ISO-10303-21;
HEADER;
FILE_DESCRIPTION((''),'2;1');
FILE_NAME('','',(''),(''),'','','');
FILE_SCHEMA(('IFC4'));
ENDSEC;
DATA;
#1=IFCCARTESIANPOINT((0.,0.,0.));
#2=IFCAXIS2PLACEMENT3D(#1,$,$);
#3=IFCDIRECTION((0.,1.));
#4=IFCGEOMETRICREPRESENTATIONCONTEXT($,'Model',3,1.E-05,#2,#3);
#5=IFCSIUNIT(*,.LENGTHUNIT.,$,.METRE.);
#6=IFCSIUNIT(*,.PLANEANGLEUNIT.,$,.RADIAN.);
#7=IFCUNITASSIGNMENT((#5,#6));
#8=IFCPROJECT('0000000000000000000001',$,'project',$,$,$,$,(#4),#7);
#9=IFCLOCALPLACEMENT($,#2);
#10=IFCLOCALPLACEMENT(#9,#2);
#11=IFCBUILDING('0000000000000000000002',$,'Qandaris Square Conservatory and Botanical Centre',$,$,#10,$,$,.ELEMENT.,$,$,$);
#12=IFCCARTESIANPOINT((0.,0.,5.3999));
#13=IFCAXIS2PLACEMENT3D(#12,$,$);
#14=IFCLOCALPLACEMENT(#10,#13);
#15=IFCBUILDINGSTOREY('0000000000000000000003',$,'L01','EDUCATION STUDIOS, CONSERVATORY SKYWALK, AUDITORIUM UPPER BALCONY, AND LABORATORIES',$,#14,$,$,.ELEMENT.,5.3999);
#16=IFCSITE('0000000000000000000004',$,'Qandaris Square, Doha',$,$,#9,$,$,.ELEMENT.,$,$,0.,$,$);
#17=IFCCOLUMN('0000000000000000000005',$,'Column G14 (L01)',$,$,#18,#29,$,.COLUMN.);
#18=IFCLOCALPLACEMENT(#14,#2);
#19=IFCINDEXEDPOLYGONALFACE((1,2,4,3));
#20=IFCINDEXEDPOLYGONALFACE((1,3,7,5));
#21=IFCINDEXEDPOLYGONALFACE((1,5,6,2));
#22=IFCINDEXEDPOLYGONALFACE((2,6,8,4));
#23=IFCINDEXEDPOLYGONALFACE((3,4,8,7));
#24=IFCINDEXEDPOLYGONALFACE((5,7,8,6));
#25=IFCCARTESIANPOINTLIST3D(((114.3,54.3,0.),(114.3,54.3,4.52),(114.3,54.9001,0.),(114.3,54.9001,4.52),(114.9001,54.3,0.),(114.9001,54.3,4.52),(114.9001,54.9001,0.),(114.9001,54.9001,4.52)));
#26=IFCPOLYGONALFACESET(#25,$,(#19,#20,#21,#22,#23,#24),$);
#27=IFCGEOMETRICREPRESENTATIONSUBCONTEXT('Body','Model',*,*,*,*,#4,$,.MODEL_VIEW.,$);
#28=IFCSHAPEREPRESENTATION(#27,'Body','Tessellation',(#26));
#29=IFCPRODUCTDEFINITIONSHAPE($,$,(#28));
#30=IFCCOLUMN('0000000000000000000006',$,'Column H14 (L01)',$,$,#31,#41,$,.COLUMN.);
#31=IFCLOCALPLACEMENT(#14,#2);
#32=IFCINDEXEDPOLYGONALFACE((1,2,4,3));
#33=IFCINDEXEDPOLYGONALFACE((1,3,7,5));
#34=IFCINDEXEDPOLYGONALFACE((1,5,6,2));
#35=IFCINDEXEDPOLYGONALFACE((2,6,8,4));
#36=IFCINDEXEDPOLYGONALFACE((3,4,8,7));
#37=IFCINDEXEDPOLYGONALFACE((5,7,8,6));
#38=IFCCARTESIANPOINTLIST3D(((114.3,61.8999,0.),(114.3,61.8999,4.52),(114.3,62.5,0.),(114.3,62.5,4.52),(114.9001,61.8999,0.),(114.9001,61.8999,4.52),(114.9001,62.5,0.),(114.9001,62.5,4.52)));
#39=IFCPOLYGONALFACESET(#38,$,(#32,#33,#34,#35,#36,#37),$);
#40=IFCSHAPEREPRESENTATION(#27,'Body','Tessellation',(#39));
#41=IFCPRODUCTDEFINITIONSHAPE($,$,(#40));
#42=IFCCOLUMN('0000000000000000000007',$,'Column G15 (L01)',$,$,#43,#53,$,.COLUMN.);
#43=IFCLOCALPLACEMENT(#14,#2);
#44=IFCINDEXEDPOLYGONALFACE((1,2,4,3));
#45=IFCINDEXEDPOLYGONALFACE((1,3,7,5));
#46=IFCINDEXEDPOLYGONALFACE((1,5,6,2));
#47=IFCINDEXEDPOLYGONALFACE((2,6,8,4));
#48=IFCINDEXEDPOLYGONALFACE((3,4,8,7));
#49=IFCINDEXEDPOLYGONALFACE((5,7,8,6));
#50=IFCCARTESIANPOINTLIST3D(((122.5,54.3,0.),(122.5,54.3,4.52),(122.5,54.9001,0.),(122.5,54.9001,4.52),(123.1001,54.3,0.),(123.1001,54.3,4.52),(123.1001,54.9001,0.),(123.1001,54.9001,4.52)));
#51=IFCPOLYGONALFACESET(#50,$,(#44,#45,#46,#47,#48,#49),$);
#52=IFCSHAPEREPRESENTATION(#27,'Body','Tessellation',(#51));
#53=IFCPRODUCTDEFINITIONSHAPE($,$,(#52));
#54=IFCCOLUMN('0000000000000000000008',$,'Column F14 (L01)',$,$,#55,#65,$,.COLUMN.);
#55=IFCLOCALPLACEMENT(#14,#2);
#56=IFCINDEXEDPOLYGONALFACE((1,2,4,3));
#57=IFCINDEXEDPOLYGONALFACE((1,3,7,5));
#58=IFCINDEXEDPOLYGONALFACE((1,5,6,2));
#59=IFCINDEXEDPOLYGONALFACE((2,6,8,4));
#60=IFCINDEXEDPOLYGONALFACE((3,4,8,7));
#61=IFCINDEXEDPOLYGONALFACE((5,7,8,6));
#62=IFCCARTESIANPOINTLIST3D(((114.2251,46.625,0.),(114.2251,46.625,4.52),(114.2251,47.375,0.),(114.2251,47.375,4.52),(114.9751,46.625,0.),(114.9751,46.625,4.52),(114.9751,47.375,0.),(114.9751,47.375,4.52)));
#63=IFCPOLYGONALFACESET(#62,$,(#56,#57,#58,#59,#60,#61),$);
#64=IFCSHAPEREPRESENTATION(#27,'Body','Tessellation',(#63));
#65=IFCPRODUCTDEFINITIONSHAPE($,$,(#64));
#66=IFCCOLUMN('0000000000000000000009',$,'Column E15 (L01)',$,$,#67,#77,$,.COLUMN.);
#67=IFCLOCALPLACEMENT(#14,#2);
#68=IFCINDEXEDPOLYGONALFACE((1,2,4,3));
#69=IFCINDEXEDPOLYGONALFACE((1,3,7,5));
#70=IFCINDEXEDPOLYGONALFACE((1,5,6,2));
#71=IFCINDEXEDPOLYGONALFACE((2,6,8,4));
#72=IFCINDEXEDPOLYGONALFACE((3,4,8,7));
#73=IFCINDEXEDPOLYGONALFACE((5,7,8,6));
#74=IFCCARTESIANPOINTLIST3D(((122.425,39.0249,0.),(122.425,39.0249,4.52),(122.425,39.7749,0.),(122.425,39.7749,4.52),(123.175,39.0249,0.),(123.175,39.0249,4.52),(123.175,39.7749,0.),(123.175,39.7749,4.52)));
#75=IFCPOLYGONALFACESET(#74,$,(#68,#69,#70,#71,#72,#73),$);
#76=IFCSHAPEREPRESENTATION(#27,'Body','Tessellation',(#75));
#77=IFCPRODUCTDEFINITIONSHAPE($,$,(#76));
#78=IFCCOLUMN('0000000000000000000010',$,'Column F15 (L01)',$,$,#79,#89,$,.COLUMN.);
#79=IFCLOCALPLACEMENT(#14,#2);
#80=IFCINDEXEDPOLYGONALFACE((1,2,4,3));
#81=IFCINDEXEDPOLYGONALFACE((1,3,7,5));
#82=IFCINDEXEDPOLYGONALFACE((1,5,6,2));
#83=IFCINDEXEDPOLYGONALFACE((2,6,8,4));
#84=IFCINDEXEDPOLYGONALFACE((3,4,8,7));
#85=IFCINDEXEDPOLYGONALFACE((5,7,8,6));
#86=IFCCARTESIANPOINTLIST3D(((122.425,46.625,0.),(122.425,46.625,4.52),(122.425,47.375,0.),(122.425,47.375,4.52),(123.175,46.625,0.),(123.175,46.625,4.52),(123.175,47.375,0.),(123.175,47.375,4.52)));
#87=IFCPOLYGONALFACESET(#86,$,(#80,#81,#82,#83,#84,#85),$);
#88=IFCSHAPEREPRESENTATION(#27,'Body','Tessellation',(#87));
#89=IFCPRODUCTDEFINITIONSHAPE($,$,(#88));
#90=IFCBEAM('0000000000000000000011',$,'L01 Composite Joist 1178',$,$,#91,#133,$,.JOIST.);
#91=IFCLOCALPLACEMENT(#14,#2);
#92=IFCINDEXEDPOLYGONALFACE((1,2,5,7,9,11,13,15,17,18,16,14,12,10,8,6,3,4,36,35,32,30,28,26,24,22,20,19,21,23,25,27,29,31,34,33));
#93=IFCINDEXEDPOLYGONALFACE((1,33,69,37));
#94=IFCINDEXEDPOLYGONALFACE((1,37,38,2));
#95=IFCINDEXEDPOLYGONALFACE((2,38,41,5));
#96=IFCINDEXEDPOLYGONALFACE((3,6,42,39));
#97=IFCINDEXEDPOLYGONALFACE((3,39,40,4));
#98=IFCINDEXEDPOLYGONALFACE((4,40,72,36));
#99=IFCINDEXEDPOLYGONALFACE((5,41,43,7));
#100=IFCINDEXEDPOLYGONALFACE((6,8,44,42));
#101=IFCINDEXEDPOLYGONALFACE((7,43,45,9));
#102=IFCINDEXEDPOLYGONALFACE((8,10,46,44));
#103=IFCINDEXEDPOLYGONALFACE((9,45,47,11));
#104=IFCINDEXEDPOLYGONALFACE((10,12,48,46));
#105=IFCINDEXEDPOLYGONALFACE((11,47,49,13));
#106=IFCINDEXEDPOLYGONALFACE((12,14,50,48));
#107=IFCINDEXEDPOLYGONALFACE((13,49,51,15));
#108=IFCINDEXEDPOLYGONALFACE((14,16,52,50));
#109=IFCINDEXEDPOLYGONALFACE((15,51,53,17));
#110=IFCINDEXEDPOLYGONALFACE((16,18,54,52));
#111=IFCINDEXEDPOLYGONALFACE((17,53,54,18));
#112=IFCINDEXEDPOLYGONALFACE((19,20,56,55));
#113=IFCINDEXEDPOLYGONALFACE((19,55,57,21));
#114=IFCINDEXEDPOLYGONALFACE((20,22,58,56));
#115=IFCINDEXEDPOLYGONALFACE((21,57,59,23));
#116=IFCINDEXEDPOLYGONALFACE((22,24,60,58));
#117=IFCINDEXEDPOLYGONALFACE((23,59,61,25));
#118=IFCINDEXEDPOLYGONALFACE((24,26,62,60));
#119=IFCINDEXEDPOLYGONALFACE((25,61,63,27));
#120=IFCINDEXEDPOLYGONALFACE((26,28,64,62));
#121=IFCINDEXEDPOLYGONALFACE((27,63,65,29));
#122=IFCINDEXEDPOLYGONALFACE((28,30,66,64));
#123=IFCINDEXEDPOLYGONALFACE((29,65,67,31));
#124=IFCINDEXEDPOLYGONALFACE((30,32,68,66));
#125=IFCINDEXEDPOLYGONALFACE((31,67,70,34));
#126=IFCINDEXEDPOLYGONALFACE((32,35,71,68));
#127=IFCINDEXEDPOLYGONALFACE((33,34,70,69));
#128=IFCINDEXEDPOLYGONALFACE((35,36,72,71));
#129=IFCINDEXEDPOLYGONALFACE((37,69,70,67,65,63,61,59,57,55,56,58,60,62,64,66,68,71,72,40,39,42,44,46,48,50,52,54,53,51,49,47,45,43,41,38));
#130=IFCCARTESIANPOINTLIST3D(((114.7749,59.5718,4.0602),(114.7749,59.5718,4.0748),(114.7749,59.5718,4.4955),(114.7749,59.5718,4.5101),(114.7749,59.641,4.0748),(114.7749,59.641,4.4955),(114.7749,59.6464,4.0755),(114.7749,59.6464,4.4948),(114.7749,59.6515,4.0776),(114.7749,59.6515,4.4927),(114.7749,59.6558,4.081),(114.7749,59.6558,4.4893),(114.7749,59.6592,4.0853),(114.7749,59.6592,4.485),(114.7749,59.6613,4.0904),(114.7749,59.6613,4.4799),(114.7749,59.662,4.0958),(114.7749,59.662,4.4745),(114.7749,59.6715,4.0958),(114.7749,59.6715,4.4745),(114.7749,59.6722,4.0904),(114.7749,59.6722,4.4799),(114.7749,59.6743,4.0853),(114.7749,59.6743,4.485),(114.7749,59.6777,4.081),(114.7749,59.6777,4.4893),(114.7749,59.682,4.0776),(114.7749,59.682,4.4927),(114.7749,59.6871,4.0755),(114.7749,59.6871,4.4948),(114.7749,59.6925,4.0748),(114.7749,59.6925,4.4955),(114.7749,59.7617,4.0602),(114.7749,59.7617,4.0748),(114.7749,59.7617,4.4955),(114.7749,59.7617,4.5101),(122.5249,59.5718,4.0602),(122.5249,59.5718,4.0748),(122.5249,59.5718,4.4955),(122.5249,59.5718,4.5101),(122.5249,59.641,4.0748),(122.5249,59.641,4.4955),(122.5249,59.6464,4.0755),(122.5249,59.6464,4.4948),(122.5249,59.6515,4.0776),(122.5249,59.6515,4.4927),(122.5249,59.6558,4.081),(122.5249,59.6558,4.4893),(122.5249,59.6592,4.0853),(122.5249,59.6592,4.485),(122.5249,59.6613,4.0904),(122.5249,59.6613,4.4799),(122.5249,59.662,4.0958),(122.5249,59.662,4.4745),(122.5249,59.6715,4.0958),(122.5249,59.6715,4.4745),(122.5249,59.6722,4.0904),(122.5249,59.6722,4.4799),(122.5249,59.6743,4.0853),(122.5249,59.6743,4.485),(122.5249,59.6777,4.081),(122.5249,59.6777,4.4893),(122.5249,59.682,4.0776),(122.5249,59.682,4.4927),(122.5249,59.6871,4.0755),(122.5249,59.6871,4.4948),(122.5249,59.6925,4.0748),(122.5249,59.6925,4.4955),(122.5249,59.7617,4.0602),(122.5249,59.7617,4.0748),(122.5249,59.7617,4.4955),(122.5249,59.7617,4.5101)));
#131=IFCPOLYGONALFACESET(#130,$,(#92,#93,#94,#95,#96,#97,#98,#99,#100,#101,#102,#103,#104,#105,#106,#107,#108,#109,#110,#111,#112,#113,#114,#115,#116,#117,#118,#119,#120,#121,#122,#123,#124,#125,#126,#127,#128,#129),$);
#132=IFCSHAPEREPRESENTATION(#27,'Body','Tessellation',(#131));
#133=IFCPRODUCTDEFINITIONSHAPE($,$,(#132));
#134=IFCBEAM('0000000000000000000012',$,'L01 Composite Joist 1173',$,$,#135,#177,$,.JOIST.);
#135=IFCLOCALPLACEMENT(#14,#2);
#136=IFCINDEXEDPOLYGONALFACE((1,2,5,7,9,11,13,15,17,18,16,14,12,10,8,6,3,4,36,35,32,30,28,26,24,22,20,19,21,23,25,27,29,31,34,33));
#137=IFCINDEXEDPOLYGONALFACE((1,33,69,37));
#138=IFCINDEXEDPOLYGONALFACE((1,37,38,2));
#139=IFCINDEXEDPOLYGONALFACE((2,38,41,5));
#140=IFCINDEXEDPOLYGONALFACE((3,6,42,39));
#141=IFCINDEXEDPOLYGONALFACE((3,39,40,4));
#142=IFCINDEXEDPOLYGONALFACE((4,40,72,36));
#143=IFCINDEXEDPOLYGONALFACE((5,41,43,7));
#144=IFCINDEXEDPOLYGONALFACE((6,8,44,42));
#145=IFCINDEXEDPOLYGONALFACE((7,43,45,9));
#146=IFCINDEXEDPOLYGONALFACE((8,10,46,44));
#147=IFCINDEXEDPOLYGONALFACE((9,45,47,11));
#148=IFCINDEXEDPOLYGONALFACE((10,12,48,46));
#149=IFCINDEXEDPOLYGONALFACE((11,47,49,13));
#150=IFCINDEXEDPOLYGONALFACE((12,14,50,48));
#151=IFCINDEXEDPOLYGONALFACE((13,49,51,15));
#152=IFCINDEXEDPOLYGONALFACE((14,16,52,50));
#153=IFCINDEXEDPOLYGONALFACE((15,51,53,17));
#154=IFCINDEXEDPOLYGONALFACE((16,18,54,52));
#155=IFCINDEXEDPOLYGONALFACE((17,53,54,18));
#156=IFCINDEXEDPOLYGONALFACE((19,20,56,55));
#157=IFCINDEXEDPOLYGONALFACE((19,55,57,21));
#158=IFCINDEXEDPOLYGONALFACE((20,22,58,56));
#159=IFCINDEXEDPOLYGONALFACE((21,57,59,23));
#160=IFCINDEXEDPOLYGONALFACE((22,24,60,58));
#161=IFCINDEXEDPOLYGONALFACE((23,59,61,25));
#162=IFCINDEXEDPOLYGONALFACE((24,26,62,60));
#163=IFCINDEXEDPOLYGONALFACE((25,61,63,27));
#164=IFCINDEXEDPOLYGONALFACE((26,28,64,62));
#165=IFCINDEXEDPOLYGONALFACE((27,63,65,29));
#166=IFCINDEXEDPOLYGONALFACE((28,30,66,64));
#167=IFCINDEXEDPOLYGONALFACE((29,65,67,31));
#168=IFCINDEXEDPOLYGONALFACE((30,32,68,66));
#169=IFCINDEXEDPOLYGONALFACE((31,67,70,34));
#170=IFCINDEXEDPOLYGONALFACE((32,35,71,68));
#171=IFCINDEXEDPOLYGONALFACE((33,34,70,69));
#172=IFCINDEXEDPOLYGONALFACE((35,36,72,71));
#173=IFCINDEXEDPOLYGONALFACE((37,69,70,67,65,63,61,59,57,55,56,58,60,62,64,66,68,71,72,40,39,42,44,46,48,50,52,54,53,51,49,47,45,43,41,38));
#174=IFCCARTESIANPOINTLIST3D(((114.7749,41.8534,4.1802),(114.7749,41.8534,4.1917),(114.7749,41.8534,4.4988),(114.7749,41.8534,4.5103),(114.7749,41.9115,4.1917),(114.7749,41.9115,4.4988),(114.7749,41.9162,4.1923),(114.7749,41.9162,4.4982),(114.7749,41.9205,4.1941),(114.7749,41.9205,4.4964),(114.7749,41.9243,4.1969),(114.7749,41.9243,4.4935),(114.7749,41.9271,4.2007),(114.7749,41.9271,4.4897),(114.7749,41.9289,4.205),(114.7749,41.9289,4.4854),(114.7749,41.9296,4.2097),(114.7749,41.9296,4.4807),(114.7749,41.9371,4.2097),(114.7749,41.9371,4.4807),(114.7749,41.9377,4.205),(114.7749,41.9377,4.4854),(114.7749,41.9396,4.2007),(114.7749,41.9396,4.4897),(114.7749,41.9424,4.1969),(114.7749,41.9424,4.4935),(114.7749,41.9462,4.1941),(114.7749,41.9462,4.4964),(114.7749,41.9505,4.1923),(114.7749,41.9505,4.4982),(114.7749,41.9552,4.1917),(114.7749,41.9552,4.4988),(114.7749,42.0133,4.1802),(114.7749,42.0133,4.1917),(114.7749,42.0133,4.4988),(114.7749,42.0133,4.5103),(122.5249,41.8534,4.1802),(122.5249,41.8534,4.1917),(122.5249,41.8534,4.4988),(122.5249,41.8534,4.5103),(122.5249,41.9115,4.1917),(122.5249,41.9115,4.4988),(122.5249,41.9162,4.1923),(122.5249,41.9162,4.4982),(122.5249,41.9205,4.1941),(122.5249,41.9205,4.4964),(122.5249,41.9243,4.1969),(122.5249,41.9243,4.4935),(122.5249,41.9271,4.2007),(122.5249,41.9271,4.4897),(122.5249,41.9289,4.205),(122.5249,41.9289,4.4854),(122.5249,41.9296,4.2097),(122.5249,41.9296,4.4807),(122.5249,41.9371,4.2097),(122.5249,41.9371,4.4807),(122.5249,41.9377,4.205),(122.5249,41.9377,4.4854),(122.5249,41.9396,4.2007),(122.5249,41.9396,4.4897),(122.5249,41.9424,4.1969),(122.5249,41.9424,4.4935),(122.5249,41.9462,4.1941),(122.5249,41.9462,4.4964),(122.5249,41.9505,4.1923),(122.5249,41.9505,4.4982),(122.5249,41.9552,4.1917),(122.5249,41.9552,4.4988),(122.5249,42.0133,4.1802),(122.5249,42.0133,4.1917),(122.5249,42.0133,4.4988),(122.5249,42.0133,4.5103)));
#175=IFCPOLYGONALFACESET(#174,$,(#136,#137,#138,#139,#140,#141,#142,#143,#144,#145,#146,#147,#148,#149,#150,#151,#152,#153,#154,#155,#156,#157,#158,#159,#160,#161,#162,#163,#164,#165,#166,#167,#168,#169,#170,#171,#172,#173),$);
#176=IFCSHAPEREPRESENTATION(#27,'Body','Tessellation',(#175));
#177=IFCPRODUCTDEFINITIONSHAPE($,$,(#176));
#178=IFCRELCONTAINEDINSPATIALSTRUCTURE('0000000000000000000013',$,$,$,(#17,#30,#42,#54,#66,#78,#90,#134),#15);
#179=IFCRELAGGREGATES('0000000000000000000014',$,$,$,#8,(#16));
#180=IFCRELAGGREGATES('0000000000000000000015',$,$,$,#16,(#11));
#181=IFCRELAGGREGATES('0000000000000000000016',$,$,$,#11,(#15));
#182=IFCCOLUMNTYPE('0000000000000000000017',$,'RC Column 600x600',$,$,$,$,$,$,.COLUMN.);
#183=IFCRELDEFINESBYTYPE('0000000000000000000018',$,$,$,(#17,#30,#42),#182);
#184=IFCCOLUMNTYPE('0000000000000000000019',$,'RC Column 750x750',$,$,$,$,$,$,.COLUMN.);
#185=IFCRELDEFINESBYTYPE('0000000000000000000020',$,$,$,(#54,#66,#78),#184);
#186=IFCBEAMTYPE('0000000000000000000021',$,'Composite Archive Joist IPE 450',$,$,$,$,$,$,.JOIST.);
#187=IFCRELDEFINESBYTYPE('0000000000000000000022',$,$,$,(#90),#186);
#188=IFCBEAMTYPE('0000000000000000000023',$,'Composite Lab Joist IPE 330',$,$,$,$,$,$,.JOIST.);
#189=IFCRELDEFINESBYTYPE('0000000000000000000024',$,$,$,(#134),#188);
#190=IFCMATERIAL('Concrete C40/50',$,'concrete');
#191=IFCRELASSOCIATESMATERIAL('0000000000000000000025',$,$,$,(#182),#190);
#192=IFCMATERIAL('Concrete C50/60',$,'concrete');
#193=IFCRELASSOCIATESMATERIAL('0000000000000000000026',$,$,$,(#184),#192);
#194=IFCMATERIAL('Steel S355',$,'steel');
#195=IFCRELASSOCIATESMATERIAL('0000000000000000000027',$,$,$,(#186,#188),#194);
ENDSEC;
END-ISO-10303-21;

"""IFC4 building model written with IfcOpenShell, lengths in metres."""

from ifc_helpers import new_model, si_unit, direction, frame, origin, origin_2d, place, context, subcontext, project, spatial, rectangle, i_section, extrude, material, material_profile, profile_set, type_object, element, save


model = new_model("IFC4")

# Units and contexts
model_context = context("Model", 3, precision=1e-05, world=origin(), true_north=direction((0.0, 1.0)))
body_context = subcontext(model_context, "Body", "Model", "MODEL_VIEW")
ifc_project = project(units=[si_unit("LENGTHUNIT", "METRE"), si_unit("PLANEANGLEUNIT", "RADIAN")], contexts=[model_context])

# Site, building, storey
site_placement = place(None, origin())
site = spatial("IfcSite", under=ifc_project, at=site_placement, Name="Qandaris Square, Doha", CompositionType="ELEMENT", RefElevation=0.0)
building_placement = place(site_placement, origin())
building = spatial("IfcBuilding", under=site, at=building_placement, Name="Qandaris Square Conservatory and Botanical Centre", CompositionType="ELEMENT")
storey_placement = place(building_placement, frame((0.0, 0.0, 5.3999)))
storey = spatial("IfcBuildingStorey", under=building, at=storey_placement, Name="L01", Description="EDUCATION STUDIOS, CONSERVATORY SKYWALK, AUDITORIUM UPPER BALCONY, AND LABORATORIES", CompositionType="ELEMENT", Elevation=5.3999)

# Columns
ifc_material_1 = material(Name="Concrete C40/50", Category="concrete")
ifc_material_profile_1 = material_profile(ifc_material_1, rectangle(XDim=0.6001, YDim=0.6001, at=origin_2d()), Name="RC-COL 600x600")
ifc_profile_set_1 = profile_set([ifc_material_profile_1], Name="Concrete C40/50")
column_type_1 = type_object("IfcColumnType", Name="RC Column 600x600", PredefinedType="COLUMN", material=ifc_profile_set_1)
for number, where, z_axis, x_axis, name in (
    (1, (114.6001, 54.6001, 0.0), (0.0, 0.0, 1.0), (1.0, 0.0, 0.0), "Column G14 (L01)"),
    (2, (114.6001, 62.2, 0.0), (0.0, 0.0, 1.0), (1.0, 0.0, 0.0), "Column H14 (L01)"),
    (3, (122.8, 54.6001, 0.0), (0.0, 0.0, 1.0), (1.0, 0.0, 0.0), "Column G15 (L01)"),
):
    element("IfcColumn", number, at=place(storey_placement, frame(where, z_axis=z_axis, x_axis=x_axis)), inside=storey, type_object=column_type_1, Name=name, PredefinedType="COLUMN", context=body_context, shape_type="SweptSolid", body=[
        extrude(rectangle(XDim=0.6001, YDim=0.6001, at=origin_2d()), origin(), (0.0, 0.0, 1.0), 4.52),
    ])
ifc_material_2 = material(Name="Concrete C50/60", Category="concrete")
ifc_material_profile_2 = material_profile(ifc_material_2, rectangle(XDim=0.75, YDim=0.75, at=origin_2d()), Name="RC-COL 750x750")
ifc_profile_set_2 = profile_set([ifc_material_profile_2], Name="Concrete C50/60")
column_type_2 = type_object("IfcColumnType", Name="RC Column 750x750", PredefinedType="COLUMN", material=ifc_profile_set_2)
for number, where, z_axis, x_axis, name in (
    (4, (114.6001, 47.0, 0.0), (0.0, 0.0, 1.0), (1.0, 0.0, 0.0), "Column F14 (L01)"),
    (5, (122.8, 39.3999, 0.0), (0.0, 0.0, 1.0), (1.0, 0.0, 0.0), "Column E15 (L01)"),
    (6, (122.8, 47.0, 0.0), (0.0, 0.0, 1.0), (1.0, 0.0, 0.0), "Column F15 (L01)"),
):
    element("IfcColumn", number, at=place(storey_placement, frame(where, z_axis=z_axis, x_axis=x_axis)), inside=storey, type_object=column_type_2, Name=name, PredefinedType="COLUMN", context=body_context, shape_type="SweptSolid", body=[
        extrude(rectangle(XDim=0.75, YDim=0.75, at=origin_2d()), origin(), (0.0, 0.0, 1.0), 4.52),
    ])

# Beams
ifc_material_3 = material(Name="Steel S355", Category="steel")
ifc_material_profile_3 = material_profile(ifc_material_3, i_section(OverallWidth=0.1899, OverallDepth=0.45, WebThickness=0.0095, FlangeThickness=0.0146, FilletRadius=0.021, at=origin_2d()), Name="IPE 450")
ifc_profile_set_3 = profile_set([ifc_material_profile_3], Name="Steel S355")
beam_type_1 = type_object("IfcBeamType", Name="Composite Archive Joist IPE 450", PredefinedType="JOIST", material=ifc_profile_set_3)
beam_1_placement = place(storey_placement, frame((114.7749, 59.6667, 4.2852), z_axis=(1.0, 0.0, 0.0), x_axis=(0.0, 1.0, 0.0)))
element("IfcBeam", 7, at=beam_1_placement, inside=storey, type_object=beam_type_1, Name="L01 Composite Joist 1178", PredefinedType="JOIST", context=body_context, shape_type="SweptSolid", body=[
    extrude(i_section(OverallWidth=0.1899, OverallDepth=0.45, WebThickness=0.0095, FlangeThickness=0.0146, FilletRadius=0.021, at=origin_2d()), origin(), (0.0, 0.0, 1.0), 7.75),
])
ifc_material_profile_4 = material_profile(ifc_material_3, i_section(OverallWidth=0.1599, OverallDepth=0.3301, WebThickness=0.0076, FlangeThickness=0.0115, FilletRadius=0.0181, at=origin_2d()), Name="IPE 330")
ifc_profile_set_4 = profile_set([ifc_material_profile_4], Name="Steel S355")
beam_type_2 = type_object("IfcBeamType", Name="Composite Lab Joist IPE 330", PredefinedType="JOIST", material=ifc_profile_set_4)
beam_2_placement = place(storey_placement, frame((114.7749, 41.9333, 4.3452), z_axis=(1.0, 0.0, 0.0), x_axis=(0.0, 1.0, 0.0)))
element("IfcBeam", 8, at=beam_2_placement, inside=storey, type_object=beam_type_2, Name="L01 Composite Joist 1173", PredefinedType="JOIST", context=body_context, shape_type="SweptSolid", body=[
    extrude(i_section(OverallWidth=0.1599, OverallDepth=0.3301, WebThickness=0.0076, FlangeThickness=0.0115, FilletRadius=0.0181, at=origin_2d()), origin(), (0.0, 0.0, 1.0), 7.75),
])

save(model, "model.ifc")
